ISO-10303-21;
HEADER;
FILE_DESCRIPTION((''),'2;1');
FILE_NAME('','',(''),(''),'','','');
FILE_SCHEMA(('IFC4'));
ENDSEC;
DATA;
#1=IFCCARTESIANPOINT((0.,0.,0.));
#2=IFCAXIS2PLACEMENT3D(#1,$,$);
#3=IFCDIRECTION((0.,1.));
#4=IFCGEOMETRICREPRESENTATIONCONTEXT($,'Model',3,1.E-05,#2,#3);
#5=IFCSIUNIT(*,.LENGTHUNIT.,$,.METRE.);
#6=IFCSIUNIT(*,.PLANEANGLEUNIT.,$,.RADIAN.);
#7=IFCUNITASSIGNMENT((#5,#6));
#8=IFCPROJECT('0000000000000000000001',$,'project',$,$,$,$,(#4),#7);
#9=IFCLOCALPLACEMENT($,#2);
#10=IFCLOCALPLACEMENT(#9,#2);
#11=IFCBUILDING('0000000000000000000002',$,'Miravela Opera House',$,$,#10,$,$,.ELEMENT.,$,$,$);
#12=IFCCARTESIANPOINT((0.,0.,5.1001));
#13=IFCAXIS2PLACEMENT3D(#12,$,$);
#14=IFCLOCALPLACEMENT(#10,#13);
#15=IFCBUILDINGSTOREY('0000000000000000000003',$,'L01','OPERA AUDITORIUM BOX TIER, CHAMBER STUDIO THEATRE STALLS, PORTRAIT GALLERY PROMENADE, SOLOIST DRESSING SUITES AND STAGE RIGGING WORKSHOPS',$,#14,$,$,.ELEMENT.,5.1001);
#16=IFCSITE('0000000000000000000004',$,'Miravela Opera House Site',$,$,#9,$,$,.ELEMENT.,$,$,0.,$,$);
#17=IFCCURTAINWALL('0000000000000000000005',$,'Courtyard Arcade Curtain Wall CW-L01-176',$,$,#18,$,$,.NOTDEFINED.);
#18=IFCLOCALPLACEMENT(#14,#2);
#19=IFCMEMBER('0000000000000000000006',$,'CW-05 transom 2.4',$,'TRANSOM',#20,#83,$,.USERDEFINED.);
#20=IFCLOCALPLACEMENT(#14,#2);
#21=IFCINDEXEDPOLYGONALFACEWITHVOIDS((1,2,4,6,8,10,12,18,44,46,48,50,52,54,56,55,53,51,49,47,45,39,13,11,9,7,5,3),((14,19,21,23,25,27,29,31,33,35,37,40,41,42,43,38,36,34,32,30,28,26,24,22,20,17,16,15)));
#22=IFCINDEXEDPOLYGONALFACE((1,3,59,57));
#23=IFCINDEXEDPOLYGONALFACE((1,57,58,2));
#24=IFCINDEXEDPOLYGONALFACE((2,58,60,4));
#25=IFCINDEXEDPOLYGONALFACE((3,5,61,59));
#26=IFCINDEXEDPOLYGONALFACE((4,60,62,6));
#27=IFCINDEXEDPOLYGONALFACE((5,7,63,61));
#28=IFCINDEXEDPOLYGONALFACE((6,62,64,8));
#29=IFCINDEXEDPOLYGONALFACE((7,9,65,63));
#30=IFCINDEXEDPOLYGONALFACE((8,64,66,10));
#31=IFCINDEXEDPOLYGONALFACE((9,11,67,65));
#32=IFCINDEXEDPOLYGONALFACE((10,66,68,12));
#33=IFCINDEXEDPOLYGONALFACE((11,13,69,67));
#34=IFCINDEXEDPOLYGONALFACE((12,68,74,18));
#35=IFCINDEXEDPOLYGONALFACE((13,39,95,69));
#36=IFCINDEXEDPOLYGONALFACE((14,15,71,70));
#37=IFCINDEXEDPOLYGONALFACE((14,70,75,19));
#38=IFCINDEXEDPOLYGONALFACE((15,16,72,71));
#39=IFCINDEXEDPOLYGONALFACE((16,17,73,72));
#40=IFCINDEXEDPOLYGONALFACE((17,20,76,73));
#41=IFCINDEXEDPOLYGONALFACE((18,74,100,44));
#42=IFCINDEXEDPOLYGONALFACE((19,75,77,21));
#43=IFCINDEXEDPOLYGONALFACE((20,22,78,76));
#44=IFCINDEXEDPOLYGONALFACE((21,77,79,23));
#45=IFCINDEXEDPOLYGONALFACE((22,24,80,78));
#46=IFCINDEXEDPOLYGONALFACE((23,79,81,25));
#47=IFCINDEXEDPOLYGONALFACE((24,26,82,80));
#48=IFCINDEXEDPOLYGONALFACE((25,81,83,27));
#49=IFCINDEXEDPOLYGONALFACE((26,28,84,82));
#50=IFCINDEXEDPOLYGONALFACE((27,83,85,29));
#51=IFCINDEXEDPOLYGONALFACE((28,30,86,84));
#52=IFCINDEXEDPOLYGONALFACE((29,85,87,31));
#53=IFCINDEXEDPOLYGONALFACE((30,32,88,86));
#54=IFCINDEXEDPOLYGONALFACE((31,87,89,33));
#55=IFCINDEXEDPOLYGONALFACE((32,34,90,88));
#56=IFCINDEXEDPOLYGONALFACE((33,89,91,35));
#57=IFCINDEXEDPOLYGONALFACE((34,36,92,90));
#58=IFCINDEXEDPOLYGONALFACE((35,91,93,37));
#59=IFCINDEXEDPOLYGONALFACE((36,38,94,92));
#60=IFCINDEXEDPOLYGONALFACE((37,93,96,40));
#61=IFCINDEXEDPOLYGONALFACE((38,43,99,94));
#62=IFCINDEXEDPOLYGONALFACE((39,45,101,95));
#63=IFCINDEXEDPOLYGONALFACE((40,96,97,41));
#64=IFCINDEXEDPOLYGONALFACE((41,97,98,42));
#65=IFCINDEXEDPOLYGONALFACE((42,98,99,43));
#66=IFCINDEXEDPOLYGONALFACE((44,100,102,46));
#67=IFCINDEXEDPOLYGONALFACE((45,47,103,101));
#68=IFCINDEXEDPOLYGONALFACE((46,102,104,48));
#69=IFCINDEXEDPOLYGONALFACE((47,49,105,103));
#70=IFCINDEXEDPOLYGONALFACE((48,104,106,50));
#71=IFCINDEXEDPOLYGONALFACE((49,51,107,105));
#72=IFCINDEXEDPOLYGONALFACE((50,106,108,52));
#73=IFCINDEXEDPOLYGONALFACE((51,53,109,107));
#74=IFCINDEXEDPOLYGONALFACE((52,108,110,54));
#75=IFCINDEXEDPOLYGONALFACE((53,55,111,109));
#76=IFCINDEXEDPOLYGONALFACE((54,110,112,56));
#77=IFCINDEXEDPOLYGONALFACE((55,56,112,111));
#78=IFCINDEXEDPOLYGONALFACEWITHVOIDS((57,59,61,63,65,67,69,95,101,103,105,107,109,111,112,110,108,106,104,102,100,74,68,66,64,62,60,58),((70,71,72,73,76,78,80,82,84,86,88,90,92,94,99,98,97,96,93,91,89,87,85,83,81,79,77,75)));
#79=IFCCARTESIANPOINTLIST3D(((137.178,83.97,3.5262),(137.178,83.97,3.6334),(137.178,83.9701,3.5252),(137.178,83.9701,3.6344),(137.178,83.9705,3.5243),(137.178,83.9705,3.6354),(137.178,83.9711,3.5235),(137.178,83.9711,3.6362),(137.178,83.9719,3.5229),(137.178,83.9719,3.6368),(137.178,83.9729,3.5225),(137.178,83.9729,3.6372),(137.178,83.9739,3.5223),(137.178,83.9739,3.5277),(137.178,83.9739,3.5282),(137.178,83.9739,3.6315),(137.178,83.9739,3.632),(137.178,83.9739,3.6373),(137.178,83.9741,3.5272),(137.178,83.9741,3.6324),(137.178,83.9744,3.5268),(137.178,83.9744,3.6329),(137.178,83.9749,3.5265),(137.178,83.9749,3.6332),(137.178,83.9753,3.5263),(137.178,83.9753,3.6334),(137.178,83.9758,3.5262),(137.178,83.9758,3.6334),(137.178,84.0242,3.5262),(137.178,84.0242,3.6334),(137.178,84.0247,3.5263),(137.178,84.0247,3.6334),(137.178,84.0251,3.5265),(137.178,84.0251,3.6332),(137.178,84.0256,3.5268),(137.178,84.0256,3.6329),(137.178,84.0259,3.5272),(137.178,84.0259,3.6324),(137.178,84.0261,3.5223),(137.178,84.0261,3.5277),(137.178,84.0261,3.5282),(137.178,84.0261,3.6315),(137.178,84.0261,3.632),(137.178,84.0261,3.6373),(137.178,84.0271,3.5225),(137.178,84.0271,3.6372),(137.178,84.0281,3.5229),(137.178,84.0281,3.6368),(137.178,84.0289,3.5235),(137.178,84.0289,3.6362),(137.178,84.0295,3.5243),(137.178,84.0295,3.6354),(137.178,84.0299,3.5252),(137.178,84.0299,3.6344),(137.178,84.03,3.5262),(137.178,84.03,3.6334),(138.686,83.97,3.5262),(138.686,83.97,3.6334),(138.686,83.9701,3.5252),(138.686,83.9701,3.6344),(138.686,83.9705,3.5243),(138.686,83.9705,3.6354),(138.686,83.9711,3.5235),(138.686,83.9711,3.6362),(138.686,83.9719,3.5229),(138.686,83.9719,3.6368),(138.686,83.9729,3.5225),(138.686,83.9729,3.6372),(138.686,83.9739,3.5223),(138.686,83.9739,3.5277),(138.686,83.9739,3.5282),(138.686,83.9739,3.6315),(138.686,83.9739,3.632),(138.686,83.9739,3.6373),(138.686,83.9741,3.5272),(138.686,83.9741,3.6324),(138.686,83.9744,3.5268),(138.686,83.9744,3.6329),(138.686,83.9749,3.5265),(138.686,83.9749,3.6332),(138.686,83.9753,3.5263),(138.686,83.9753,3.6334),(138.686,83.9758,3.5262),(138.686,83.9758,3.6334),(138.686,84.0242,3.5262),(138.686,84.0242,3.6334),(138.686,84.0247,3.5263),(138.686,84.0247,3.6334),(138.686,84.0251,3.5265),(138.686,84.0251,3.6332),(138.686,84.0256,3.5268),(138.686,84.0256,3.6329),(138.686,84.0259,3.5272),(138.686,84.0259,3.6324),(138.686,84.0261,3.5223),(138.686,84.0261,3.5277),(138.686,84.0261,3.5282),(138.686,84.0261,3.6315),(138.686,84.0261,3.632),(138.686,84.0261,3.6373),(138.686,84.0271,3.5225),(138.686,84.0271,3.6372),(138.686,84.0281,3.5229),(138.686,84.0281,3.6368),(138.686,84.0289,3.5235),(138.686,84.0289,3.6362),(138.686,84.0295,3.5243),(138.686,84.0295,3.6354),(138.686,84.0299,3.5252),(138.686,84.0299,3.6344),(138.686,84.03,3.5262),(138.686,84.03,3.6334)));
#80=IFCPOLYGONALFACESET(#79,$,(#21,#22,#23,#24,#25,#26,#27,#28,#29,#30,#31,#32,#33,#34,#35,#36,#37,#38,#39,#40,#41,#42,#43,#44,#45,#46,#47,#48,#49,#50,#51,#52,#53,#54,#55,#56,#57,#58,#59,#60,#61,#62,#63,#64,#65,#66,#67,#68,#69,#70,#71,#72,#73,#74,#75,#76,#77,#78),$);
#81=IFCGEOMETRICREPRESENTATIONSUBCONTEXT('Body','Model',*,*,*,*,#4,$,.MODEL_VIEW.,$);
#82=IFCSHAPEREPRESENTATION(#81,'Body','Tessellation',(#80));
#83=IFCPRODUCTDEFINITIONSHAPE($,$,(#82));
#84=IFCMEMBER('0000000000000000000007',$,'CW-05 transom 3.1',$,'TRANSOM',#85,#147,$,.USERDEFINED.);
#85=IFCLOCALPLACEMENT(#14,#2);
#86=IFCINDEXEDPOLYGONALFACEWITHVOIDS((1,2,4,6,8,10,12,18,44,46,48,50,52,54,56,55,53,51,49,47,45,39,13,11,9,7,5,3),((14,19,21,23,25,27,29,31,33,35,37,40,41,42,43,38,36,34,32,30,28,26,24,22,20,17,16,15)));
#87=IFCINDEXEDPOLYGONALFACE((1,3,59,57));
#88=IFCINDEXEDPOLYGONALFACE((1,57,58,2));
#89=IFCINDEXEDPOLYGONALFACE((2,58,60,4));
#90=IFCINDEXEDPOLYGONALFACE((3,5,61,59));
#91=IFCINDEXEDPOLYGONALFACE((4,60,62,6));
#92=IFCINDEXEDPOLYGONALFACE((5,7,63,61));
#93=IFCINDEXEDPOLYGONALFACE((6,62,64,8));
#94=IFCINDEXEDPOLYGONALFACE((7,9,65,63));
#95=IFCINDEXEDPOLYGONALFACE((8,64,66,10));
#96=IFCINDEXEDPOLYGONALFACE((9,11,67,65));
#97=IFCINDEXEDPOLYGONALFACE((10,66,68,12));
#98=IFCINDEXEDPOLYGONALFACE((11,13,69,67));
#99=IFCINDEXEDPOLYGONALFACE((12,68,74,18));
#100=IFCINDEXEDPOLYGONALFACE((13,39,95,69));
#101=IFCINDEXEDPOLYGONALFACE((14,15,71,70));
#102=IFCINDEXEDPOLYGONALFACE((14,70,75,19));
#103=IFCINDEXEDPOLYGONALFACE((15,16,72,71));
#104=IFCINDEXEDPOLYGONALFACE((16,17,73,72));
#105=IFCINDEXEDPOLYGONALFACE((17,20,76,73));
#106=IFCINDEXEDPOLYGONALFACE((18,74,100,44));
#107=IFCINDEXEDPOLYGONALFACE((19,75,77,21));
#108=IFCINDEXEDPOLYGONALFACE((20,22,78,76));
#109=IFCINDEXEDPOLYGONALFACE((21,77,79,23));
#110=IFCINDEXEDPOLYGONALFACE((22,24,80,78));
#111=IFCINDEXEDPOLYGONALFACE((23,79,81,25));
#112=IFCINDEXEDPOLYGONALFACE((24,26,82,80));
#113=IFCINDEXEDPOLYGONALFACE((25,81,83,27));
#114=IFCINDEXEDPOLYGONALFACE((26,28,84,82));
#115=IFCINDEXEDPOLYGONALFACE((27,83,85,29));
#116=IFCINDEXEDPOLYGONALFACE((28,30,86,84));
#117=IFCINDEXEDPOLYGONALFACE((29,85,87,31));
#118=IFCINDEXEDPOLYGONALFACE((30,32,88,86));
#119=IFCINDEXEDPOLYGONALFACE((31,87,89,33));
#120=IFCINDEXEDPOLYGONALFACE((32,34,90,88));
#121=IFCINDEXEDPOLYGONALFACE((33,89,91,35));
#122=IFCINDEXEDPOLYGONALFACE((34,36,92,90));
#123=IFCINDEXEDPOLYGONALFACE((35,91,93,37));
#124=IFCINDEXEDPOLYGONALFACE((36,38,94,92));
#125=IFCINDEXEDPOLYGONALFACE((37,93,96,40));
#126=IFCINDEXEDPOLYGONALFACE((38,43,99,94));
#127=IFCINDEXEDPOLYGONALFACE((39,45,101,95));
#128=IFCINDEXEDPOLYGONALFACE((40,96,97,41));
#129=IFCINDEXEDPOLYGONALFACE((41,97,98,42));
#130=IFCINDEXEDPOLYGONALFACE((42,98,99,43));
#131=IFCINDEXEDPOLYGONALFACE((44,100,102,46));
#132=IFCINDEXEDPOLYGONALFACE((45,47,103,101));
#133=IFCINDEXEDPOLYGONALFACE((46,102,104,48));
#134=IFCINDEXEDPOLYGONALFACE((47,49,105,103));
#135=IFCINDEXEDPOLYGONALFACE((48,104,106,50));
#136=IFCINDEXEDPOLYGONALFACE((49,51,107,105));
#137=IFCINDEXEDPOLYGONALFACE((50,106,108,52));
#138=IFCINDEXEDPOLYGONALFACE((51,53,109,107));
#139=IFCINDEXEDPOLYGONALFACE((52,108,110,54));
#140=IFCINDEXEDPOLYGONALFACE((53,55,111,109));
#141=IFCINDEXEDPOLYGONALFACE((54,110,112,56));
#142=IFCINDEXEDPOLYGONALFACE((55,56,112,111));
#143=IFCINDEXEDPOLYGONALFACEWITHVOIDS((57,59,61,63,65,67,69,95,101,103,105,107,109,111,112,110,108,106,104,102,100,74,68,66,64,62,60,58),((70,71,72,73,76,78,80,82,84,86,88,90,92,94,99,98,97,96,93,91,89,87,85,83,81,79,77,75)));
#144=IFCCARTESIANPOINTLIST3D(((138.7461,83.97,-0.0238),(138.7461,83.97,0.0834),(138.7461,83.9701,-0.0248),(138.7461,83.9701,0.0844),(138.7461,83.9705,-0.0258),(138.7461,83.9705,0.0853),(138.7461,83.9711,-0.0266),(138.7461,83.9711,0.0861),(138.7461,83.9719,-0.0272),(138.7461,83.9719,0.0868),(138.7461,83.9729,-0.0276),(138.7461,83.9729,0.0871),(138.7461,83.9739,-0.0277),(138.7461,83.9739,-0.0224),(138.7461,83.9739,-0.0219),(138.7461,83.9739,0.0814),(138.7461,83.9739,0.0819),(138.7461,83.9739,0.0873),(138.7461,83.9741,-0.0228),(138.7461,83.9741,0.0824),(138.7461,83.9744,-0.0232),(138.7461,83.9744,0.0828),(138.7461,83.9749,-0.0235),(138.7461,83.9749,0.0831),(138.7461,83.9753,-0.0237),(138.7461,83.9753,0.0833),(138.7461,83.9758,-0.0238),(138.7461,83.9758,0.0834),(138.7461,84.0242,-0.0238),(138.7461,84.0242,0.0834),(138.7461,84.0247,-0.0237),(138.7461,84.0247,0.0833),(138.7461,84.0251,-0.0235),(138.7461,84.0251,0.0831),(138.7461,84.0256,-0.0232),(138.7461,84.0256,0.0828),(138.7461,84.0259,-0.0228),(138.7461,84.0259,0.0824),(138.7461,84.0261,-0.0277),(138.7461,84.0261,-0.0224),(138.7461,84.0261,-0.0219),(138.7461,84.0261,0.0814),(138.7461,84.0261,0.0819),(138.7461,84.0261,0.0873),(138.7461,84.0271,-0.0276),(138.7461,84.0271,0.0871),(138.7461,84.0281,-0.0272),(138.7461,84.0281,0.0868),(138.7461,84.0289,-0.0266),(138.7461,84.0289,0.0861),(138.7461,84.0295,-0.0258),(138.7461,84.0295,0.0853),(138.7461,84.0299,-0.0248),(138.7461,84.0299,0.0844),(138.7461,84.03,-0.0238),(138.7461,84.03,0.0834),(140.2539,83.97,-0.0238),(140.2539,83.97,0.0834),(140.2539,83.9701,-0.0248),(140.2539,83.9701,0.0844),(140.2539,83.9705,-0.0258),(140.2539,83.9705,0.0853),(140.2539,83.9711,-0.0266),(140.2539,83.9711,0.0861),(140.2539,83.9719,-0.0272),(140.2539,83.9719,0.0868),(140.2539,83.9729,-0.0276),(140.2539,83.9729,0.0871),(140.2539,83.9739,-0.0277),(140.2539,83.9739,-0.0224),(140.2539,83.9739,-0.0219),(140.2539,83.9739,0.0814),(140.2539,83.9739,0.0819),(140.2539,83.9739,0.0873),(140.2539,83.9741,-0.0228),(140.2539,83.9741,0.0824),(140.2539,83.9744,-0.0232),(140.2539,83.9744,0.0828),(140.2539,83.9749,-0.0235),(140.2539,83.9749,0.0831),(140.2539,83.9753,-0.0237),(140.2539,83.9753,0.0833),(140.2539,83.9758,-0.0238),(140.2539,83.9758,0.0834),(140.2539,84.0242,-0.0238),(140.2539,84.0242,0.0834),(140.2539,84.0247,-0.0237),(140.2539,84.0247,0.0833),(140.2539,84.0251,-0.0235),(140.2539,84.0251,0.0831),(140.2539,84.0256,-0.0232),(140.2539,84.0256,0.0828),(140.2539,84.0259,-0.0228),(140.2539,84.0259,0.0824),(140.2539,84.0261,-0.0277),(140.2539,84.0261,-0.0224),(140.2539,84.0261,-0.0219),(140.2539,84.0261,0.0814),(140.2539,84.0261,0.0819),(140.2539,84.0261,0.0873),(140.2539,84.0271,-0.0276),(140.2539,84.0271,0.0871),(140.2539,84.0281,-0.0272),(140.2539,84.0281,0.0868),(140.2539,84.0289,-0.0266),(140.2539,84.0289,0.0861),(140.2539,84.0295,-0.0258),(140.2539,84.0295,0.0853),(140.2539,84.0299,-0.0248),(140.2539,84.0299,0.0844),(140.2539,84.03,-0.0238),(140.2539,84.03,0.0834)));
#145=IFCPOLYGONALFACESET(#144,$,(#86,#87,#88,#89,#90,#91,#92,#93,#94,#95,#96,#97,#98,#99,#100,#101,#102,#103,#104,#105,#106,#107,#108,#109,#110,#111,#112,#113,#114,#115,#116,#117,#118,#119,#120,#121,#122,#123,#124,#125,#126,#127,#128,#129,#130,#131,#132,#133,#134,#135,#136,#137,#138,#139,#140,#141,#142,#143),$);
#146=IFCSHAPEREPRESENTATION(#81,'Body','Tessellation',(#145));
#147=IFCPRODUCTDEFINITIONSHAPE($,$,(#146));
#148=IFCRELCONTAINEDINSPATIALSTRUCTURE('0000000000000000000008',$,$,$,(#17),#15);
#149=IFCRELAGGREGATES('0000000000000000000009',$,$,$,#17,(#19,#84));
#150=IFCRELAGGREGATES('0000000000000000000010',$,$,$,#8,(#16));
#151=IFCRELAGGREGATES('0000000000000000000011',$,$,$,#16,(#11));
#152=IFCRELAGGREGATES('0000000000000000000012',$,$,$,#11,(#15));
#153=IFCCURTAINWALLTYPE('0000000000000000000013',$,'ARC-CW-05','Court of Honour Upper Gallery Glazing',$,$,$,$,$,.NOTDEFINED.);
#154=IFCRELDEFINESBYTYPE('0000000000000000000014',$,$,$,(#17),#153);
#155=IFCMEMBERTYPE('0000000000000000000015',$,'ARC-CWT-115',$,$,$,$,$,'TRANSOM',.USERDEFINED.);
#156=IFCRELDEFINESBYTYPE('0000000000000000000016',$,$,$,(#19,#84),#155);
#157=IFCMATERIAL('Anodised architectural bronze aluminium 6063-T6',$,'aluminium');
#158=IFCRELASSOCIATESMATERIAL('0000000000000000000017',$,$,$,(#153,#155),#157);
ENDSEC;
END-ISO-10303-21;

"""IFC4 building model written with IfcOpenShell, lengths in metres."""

from ifc_helpers import new_model, si_unit, direction, frame, origin, origin_2d, place, context, subcontext, project, spatial, hollow_rectangle, extrude, material, material_profile, profile_set, type_object, element, aggregate, save


model = new_model("IFC4")

# Units and contexts
model_context = context("Model", 3, precision=1e-05, world=origin(), true_north=direction((0.0, 1.0)))
body_context = subcontext(model_context, "Body", "Model", "MODEL_VIEW")
ifc_project = project(units=[si_unit("LENGTHUNIT", "METRE"), si_unit("PLANEANGLEUNIT", "RADIAN")], contexts=[model_context])

# Site, building, storey
site_placement = place(None, origin())
site = spatial("IfcSite", under=ifc_project, at=site_placement, Name="Miravela Opera House Site", CompositionType="ELEMENT", RefElevation=0.0)
building_placement = place(site_placement, origin())
building = spatial("IfcBuilding", under=site, at=building_placement, Name="Miravela Opera House", CompositionType="ELEMENT")
storey_placement = place(building_placement, frame((0.0, 0.0, 5.1001)))
storey = spatial("IfcBuildingStorey", under=building, at=storey_placement, Name="L01", Description="OPERA AUDITORIUM BOX TIER, CHAMBER STUDIO THEATRE STALLS, PORTRAIT GALLERY PROMENADE, SOLOIST DRESSING SUITES AND STAGE RIGGING WORKSHOPS", CompositionType="ELEMENT", Elevation=5.1001)

# Curtain wall, members
ifc_material_1 = material(Name="Anodised architectural bronze aluminium 6063-T6", Category="aluminium")
curtain_wall_type = type_object("IfcCurtainWallType", Name="ARC-CW-05", Description="Court of Honour Upper Gallery Glazing", PredefinedType="NOTDEFINED", material=ifc_material_1)
curtain_wall_placement = place(storey_placement, origin())
curtain_wall = element("IfcCurtainWall", 1, at=curtain_wall_placement, inside=storey, type_object=curtain_wall_type, Name="Courtyard Arcade Curtain Wall CW-L01-176", PredefinedType="NOTDEFINED")
ifc_material_profile_1 = material_profile(ifc_material_1, hollow_rectangle(XDim=0.0601, YDim=0.115, WallThickness=0.0039, InnerFilletRadius=0.002, OuterFilletRadius=0.0039, at=origin_2d()), Name="CWT-60X115")
ifc_profile_set_1 = profile_set([ifc_material_profile_1])
member_type_1 = type_object("IfcMemberType", Name="ARC-CWT-115", ElementType="TRANSOM", PredefinedType="USERDEFINED", material=ifc_profile_set_1)
member_1_placement = place(storey_placement, frame((137.178, 84.0, 3.5798), z_axis=(1.0, 0.0, 0.0), x_axis=(0.0, 1.0, 0.0)))
member_1 = element("IfcMember", 2, at=member_1_placement, type_object=member_type_1, Name="CW-05 transom 2.4", ObjectType="TRANSOM", PredefinedType="USERDEFINED", context=body_context, shape_type="SweptSolid", body=[
    extrude(hollow_rectangle(XDim=0.0601, YDim=0.115, WallThickness=0.0039, InnerFilletRadius=0.002, OuterFilletRadius=0.0039, at=origin_2d()), origin(), (0.0, 0.0, 1.0), 1.5081),
])
member_2_placement = place(storey_placement, frame((138.7461, 84.0, 0.0298), z_axis=(1.0, 0.0, 0.0), x_axis=(0.0, 1.0, 0.0)))
member_2 = element("IfcMember", 3, at=member_2_placement, type_object=member_type_1, Name="CW-05 transom 3.1", ObjectType="TRANSOM", PredefinedType="USERDEFINED", context=body_context, shape_type="SweptSolid", body=[
    extrude(hollow_rectangle(XDim=0.0601, YDim=0.115, WallThickness=0.0039, InnerFilletRadius=0.002, OuterFilletRadius=0.0039, at=origin_2d()), origin(), (0.0, 0.0, 1.0), 1.5078),
])
aggregate(curtain_wall, [member_1, member_2])

save(model, "model.ifc")
